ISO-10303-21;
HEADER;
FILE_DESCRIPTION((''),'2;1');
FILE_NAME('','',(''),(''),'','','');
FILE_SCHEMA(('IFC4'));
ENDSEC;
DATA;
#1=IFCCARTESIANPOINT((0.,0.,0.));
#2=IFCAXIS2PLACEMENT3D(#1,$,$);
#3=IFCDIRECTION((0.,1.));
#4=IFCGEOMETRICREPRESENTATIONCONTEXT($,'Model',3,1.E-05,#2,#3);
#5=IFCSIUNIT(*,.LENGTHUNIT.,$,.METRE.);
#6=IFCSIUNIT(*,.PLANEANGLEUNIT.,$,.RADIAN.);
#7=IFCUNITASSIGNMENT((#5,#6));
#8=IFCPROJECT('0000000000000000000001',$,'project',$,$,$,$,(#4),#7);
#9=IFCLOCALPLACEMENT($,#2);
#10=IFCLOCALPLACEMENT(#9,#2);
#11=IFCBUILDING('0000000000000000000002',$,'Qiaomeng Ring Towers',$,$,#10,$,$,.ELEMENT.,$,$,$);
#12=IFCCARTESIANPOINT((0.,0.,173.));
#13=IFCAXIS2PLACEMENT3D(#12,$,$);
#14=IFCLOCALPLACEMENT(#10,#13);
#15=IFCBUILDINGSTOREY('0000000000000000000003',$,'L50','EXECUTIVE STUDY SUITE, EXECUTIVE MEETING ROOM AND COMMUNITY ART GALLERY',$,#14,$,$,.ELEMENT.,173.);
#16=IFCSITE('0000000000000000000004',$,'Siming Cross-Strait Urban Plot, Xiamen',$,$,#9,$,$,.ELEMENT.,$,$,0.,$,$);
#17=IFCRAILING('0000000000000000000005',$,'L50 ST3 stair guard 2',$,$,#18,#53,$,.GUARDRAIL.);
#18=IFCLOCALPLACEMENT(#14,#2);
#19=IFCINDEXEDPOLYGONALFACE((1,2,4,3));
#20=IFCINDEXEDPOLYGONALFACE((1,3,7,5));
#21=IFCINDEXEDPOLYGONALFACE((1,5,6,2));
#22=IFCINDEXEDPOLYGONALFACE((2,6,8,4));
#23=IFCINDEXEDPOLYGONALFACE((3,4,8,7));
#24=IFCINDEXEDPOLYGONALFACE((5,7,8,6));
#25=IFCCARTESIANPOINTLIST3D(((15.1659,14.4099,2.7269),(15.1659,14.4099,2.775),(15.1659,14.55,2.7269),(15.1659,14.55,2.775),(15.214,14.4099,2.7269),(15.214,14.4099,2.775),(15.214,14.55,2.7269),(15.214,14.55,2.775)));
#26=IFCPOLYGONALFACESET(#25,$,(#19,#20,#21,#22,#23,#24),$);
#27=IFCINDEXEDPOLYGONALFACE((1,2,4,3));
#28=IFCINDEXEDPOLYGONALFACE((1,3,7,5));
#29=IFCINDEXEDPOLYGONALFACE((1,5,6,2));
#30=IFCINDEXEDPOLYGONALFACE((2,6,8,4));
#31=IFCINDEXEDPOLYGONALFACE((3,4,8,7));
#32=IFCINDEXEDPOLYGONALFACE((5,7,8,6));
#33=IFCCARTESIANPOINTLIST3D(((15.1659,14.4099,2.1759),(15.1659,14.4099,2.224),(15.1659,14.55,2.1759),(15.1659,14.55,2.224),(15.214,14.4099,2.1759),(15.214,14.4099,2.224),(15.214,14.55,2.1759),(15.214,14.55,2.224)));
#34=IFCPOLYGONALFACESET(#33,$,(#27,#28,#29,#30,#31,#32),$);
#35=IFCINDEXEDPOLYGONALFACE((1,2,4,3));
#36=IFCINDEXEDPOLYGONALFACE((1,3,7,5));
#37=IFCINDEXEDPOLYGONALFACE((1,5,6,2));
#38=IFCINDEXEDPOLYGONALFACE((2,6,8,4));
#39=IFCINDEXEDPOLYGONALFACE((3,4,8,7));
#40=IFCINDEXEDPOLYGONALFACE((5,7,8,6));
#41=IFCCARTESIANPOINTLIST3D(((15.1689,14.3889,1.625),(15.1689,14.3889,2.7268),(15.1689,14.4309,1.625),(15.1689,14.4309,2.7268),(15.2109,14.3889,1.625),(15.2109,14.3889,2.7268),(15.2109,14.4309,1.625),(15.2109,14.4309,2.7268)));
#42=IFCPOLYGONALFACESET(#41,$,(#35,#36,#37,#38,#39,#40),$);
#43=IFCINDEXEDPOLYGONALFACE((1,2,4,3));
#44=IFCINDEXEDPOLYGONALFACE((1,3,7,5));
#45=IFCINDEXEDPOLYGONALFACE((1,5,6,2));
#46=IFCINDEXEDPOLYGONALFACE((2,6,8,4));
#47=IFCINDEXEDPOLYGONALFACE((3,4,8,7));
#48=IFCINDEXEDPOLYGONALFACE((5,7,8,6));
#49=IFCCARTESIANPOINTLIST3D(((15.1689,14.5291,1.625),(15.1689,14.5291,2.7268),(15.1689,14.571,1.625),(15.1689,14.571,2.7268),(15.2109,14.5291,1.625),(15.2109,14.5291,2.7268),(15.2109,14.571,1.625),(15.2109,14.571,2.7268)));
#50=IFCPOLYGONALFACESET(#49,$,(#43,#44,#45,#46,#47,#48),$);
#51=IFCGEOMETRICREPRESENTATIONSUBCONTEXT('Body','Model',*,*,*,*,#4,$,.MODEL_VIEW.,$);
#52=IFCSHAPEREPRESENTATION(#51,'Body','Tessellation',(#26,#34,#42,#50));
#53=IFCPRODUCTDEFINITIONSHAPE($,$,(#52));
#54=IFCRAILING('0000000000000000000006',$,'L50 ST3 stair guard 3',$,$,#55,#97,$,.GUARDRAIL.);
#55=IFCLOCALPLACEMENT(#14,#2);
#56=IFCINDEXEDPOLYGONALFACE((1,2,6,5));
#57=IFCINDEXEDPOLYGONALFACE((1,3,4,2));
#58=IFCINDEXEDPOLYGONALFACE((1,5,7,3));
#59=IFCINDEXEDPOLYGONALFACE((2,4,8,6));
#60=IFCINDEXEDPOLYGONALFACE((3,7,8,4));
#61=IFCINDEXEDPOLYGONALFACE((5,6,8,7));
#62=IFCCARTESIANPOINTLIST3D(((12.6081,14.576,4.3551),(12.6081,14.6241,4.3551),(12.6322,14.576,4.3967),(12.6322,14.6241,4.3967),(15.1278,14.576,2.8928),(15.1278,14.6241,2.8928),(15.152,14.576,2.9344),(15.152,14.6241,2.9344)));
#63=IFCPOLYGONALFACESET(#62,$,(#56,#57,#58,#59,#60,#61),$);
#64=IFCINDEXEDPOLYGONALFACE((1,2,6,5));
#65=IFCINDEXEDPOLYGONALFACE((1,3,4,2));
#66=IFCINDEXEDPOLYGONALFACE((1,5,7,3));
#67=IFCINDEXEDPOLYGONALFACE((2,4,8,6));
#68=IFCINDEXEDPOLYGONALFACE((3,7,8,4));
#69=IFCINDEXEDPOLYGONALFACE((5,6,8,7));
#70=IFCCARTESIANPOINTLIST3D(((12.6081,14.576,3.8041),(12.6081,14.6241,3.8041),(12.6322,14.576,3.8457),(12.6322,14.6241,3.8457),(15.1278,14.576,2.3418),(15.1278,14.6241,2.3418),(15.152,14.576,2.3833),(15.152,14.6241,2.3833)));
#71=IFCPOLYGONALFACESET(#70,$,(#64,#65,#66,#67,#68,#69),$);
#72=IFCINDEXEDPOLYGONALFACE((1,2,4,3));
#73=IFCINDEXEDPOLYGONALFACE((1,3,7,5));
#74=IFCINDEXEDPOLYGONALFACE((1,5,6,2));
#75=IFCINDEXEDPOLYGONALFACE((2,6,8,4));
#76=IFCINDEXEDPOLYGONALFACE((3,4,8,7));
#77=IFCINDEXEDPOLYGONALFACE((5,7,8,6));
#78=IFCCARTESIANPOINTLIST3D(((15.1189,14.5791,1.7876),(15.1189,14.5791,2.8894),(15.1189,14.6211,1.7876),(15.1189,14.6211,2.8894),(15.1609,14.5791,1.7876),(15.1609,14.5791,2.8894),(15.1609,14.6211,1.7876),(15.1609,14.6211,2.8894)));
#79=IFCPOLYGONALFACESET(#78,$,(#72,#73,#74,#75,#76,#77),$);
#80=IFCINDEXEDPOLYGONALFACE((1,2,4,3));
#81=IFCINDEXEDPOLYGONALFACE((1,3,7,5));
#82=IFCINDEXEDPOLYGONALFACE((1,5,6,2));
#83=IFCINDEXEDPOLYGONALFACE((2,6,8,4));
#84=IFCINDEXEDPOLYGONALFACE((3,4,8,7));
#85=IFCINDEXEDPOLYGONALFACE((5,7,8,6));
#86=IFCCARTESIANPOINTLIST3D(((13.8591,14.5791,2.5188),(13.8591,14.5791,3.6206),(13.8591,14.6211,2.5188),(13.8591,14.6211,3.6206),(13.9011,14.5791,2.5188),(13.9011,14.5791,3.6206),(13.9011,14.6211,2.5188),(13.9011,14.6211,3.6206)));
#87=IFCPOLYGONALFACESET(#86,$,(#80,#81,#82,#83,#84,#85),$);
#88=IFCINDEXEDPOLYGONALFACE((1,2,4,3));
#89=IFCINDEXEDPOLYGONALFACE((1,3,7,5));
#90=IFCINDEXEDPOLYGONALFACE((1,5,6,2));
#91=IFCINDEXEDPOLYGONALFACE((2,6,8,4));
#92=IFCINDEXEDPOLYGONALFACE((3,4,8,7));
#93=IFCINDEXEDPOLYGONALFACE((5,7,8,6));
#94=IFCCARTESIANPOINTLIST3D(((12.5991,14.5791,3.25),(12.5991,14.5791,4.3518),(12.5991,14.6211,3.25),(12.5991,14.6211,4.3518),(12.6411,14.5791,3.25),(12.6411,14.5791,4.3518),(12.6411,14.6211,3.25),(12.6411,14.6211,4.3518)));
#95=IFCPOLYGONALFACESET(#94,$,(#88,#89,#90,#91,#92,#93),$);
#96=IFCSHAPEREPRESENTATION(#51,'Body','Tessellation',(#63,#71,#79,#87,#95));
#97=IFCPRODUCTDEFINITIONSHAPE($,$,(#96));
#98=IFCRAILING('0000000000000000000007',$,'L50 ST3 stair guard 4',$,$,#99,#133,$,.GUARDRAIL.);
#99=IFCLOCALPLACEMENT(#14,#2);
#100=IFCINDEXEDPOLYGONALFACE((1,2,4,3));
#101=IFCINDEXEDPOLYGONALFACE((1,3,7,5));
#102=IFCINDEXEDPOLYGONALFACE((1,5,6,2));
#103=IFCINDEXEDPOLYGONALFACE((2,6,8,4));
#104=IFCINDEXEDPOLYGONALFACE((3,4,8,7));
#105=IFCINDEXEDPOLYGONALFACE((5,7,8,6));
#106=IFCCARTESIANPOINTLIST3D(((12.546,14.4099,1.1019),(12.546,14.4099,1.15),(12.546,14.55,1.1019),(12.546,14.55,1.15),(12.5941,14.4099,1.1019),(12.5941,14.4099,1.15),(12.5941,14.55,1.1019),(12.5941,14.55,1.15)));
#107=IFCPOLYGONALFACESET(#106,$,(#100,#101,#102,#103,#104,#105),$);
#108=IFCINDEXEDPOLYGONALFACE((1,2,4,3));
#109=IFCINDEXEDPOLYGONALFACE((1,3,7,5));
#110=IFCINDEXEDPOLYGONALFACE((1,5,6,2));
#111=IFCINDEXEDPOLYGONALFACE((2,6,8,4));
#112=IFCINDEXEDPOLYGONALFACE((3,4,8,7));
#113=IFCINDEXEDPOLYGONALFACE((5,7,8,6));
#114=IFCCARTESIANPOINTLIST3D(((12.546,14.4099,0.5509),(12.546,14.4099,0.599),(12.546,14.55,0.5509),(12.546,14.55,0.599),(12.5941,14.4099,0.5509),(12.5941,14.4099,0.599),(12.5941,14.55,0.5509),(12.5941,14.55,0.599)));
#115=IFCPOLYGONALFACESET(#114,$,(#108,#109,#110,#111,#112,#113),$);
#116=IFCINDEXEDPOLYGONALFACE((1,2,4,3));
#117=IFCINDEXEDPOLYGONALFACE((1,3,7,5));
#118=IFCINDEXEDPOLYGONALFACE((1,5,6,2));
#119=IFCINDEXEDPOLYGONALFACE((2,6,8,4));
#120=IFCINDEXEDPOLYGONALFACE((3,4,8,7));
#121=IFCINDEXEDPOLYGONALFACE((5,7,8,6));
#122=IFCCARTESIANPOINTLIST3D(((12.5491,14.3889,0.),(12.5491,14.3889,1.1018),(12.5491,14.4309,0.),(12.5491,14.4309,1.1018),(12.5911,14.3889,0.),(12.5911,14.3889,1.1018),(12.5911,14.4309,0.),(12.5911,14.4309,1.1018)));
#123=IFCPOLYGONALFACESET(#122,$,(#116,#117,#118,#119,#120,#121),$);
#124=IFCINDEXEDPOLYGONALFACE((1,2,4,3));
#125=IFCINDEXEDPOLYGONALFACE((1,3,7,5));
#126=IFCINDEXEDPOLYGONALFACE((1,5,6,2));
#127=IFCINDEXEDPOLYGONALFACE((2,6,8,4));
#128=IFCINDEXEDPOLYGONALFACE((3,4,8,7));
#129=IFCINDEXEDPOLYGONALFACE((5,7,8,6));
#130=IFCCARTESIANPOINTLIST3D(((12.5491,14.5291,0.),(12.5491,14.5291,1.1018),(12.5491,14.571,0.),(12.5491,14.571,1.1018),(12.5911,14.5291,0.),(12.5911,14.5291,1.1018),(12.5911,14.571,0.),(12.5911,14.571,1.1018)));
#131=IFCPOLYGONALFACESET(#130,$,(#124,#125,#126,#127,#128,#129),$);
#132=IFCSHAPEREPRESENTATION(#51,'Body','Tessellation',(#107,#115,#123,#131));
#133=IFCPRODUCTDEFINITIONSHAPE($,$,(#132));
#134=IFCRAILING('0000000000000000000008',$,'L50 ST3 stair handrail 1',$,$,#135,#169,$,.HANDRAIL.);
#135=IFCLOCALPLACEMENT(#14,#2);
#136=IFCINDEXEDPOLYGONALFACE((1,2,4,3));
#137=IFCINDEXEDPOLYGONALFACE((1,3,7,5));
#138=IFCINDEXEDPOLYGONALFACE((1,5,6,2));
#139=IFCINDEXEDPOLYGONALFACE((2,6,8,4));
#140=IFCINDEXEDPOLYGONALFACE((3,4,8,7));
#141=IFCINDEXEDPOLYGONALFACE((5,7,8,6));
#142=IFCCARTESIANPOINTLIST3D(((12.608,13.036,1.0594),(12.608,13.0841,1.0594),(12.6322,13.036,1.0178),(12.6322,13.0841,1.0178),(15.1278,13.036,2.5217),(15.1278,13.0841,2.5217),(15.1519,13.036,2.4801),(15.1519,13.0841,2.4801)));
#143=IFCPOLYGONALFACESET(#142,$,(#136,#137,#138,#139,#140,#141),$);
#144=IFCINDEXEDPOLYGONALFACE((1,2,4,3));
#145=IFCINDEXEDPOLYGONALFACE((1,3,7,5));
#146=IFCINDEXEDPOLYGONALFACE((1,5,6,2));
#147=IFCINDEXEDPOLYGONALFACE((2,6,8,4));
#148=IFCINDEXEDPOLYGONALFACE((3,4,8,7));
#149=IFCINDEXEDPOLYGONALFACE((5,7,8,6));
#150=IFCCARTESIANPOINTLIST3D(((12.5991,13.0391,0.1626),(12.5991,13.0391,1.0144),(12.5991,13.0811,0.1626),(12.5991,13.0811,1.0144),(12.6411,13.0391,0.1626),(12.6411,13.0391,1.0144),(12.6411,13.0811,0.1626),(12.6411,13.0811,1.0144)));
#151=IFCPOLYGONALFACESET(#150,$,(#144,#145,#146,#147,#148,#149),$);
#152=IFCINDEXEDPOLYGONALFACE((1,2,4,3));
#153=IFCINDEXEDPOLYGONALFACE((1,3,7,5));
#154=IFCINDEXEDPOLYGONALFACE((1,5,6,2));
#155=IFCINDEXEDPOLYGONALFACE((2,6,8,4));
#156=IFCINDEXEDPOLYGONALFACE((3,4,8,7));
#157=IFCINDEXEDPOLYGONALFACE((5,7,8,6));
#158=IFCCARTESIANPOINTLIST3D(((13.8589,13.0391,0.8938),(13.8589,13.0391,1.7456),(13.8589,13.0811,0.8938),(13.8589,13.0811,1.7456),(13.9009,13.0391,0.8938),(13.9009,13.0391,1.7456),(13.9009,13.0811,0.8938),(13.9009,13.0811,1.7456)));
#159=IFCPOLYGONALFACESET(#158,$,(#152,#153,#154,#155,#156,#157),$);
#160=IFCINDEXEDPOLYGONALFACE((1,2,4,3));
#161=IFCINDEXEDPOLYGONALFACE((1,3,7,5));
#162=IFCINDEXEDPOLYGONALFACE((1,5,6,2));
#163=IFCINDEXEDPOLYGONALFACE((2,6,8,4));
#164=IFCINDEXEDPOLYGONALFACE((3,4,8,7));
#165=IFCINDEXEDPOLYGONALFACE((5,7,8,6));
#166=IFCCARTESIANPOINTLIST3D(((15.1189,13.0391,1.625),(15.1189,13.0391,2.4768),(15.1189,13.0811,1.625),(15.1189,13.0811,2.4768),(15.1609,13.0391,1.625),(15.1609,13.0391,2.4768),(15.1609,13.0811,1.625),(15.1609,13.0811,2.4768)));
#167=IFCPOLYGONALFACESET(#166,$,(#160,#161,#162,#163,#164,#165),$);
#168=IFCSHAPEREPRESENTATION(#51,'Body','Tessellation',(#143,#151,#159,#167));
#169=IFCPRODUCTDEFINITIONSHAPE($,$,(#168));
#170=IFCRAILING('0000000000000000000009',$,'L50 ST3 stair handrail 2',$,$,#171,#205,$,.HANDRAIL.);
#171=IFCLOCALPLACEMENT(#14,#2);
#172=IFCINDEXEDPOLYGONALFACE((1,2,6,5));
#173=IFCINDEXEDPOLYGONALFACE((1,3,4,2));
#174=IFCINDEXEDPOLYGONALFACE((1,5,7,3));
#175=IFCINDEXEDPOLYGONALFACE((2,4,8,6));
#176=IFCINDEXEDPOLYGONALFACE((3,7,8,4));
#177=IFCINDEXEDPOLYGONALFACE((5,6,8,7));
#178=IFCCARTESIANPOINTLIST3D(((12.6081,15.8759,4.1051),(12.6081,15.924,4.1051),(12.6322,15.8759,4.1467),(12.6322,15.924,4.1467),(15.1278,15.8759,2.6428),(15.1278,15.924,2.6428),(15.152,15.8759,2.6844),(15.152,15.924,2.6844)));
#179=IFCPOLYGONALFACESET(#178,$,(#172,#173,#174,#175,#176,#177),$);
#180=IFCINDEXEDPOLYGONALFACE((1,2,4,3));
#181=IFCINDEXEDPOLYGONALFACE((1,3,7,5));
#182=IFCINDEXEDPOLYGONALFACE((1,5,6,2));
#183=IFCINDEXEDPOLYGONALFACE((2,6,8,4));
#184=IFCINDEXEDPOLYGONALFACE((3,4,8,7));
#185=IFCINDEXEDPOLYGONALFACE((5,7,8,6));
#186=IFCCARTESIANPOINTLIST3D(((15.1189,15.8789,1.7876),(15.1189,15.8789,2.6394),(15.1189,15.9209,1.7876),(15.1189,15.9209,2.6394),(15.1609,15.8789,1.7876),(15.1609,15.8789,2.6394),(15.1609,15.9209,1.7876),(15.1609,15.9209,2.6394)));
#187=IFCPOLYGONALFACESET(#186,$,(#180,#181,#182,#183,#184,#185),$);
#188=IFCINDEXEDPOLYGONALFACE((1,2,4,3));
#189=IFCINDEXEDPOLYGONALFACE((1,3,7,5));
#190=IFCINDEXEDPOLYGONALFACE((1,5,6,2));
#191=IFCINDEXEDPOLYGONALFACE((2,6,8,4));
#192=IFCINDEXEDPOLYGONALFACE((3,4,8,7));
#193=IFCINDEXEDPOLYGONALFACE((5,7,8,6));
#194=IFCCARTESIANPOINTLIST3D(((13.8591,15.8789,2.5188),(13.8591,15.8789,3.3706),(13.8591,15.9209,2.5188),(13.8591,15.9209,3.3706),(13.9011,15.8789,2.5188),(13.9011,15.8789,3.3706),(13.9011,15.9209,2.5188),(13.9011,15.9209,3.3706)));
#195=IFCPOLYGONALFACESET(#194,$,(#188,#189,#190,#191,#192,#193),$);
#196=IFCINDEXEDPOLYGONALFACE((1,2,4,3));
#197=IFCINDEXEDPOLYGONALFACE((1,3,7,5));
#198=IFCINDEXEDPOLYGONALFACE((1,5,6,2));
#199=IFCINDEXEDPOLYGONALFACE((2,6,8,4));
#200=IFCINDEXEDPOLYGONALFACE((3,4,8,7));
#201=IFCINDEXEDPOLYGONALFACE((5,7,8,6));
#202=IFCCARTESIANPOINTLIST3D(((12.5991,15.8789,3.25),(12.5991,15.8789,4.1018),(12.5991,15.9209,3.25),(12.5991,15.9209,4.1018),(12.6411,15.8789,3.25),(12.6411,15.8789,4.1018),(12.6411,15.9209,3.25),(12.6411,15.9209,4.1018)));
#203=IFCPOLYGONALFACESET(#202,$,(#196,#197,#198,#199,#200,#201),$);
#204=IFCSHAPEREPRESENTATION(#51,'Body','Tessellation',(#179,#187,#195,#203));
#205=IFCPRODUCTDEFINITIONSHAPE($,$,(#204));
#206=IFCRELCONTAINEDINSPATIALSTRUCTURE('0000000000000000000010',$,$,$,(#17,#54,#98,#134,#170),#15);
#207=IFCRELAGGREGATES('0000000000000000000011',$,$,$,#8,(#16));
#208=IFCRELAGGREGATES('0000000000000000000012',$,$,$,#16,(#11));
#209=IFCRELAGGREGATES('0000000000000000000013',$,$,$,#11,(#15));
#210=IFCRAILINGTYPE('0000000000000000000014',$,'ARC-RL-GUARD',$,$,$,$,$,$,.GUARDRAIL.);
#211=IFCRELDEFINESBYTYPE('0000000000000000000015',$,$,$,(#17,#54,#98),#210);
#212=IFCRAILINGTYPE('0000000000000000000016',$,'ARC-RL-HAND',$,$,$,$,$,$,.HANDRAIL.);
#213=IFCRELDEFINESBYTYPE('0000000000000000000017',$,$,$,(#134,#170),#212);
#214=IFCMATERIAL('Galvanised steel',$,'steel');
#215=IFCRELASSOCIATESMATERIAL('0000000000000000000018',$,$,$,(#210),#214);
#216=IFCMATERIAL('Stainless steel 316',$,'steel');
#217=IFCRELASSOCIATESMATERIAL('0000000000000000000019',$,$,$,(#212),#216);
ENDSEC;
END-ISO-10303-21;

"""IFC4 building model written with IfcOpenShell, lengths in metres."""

from ifc_helpers import new_model, si_unit, direction, frame, origin, origin_2d, place, context, subcontext, project, spatial, rectangle, extrude, material, type_object, element, save


model = new_model("IFC4")

# Units and contexts
model_context = context("Model", 3, precision=1e-05, world=origin(), true_north=direction((0.0, 1.0)))
body_context = subcontext(model_context, "Body", "Model", "MODEL_VIEW")
ifc_project = project(units=[si_unit("LENGTHUNIT", "METRE"), si_unit("PLANEANGLEUNIT", "RADIAN")], contexts=[model_context])

# Site, building, storey
site_placement = place(None, origin())
site = spatial("IfcSite", under=ifc_project, at=site_placement, Name="Siming Cross-Strait Urban Plot, Xiamen", CompositionType="ELEMENT", RefElevation=0.0)
building_placement = place(site_placement, origin())
building = spatial("IfcBuilding", under=site, at=building_placement, Name="Qiaomeng Ring Towers", CompositionType="ELEMENT")
storey_placement = place(building_placement, frame((0.0, 0.0, 173.0)))
storey = spatial("IfcBuildingStorey", under=building, at=storey_placement, Name="L50", Description="EXECUTIVE STUDY SUITE, EXECUTIVE MEETING ROOM AND COMMUNITY ART GALLERY", CompositionType="ELEMENT", Elevation=173.0)

# Shared definitions
ifc_material_1 = material(Name="Galvanised steel", Category="steel")

# Railings
railing_type_1 = type_object("IfcRailingType", Name="ARC-RL-GUARD", PredefinedType="GUARDRAIL", material=ifc_material_1)
railing_1_placement = place(storey_placement, frame((15.1899, 14.4099, 1.625)))
element("IfcRailing", 1, at=railing_1_placement, inside=storey, type_object=railing_type_1, Name="L50 ST3 stair guard 2", PredefinedType="GUARDRAIL", context=body_context, shape_type="SweptSolid", body=[
    extrude(rectangle(XDim=0.0481, YDim=0.0481, at=origin_2d()), frame((0.0, 0.0, 1.126), z_axis=(0.0, 1.0, 0.0), x_axis=(-1.0, 0.0, 0.0)), (0.0, 0.0, 1.0), 0.1401),
    extrude(rectangle(XDim=0.0481, YDim=0.0481, at=origin_2d()), frame((0.0, 0.0, 0.575), z_axis=(0.0, 1.0, 0.0), x_axis=(-1.0, 0.0, 0.0)), (0.0, 0.0, 1.0), 0.1401),
    extrude(rectangle(XDim=0.042, YDim=0.042, at=origin_2d()), origin(), (0.0, 0.0, 1.0), 1.1018),
    extrude(rectangle(XDim=0.042, YDim=0.042, at=origin_2d()), frame((0.0, 0.1401, 0.0)), (0.0, 0.0, 1.0), 1.1018),
])
railing_2_placement = place(storey_placement, frame((15.1399, 14.6001, 1.7876)))
element("IfcRailing", 2, at=railing_2_placement, inside=storey, type_object=railing_type_1, Name="L50 ST3 stair guard 3", PredefinedType="GUARDRAIL", context=body_context, shape_type="SweptSolid", body=[
    extrude(rectangle(XDim=0.0481, YDim=0.0481, at=origin_2d()), frame((0.0, 0.0, 1.126), z_axis=(-0.864892, 0.0, 0.501958), x_axis=(0.0, -1.0, 0.0)), (0.0, 0.0, 1.0), 2.9133),
    extrude(rectangle(XDim=0.0481, YDim=0.0481, at=origin_2d()), frame((0.0, 0.0, 0.575), z_axis=(-0.864892, 0.0, 0.501958), x_axis=(0.0, -1.0, 0.0)), (0.0, 0.0, 1.0), 2.9133),
    extrude(rectangle(XDim=0.042, YDim=0.042, at=origin_2d()), origin(), (0.0, 0.0, 1.0), 1.1018),
    extrude(rectangle(XDim=0.042, YDim=0.042, at=origin_2d()), frame((-1.2598, 0.0, 0.7312)), (0.0, 0.0, 1.0), 1.1018),
    extrude(rectangle(XDim=0.042, YDim=0.042, at=origin_2d()), frame((-2.5198, 0.0, 1.4624)), (0.0, 0.0, 1.0), 1.1018),
])
railing_3_placement = place(storey_placement, frame((12.5701, 14.4099, 0.0)))
element("IfcRailing", 3, at=railing_3_placement, inside=storey, type_object=railing_type_1, Name="L50 ST3 stair guard 4", PredefinedType="GUARDRAIL", context=body_context, shape_type="SweptSolid", body=[
    extrude(rectangle(XDim=0.0481, YDim=0.0481, at=origin_2d()), frame((0.0, 0.0, 1.126), z_axis=(0.0, 1.0, 0.0), x_axis=(-1.0, 0.0, 0.0)), (0.0, 0.0, 1.0), 0.1401),
    extrude(rectangle(XDim=0.0481, YDim=0.0481, at=origin_2d()), frame((0.0, 0.0, 0.575), z_axis=(0.0, 1.0, 0.0), x_axis=(-1.0, 0.0, 0.0)), (0.0, 0.0, 1.0), 0.1401),
    extrude(rectangle(XDim=0.042, YDim=0.042, at=origin_2d()), origin(), (0.0, 0.0, 1.0), 1.1018),
    extrude(rectangle(XDim=0.042, YDim=0.042, at=origin_2d()), frame((0.0, 0.1401, 0.0)), (0.0, 0.0, 1.0), 1.1018),
])
ifc_material_2 = material(Name="Stainless steel 316", Category="steel")
railing_type_2 = type_object("IfcRailingType", Name="ARC-RL-HAND", PredefinedType="HANDRAIL", material=ifc_material_2)
railing_4_placement = place(storey_placement, frame((12.6201, 13.0601, 0.1626)))
element("IfcRailing", 4, at=railing_4_placement, inside=storey, type_object=railing_type_2, Name="L50 ST3 stair handrail 1", PredefinedType="HANDRAIL", context=body_context, shape_type="SweptSolid", body=[
    extrude(rectangle(XDim=0.0481, YDim=0.0481, at=origin_2d()), frame((0.0, 0.0, 0.876), z_axis=(0.864892, 0.0, 0.501958), x_axis=(0.0, 1.0, 0.0)), (0.0, 0.0, 1.0), 2.9133),
    extrude(rectangle(XDim=0.042, YDim=0.042, at=origin_2d()), origin(), (0.0, 0.0, 1.0), 0.8518),
    extrude(rectangle(XDim=0.042, YDim=0.042, at=origin_2d()), frame((1.2598, 0.0, 0.7312)), (0.0, 0.0, 1.0), 0.8518),
    extrude(rectangle(XDim=0.042, YDim=0.042, at=origin_2d()), frame((2.5198, 0.0, 1.4624)), (0.0, 0.0, 1.0), 0.8518),
])
railing_5_placement = place(storey_placement, frame((15.1399, 15.8999, 1.7876)))
element("IfcRailing", 5, at=railing_5_placement, inside=storey, type_object=railing_type_2, Name="L50 ST3 stair handrail 2", PredefinedType="HANDRAIL", context=body_context, shape_type="SweptSolid", body=[
    extrude(rectangle(XDim=0.0481, YDim=0.0481, at=origin_2d()), frame((0.0, 0.0, 0.876), z_axis=(-0.864892, 0.0, 0.501958), x_axis=(0.0, -1.0, 0.0)), (0.0, 0.0, 1.0), 2.9133),
    extrude(rectangle(XDim=0.042, YDim=0.042, at=origin_2d()), origin(), (0.0, 0.0, 1.0), 0.8518),
    extrude(rectangle(XDim=0.042, YDim=0.042, at=origin_2d()), frame((-1.2598, 0.0, 0.7312)), (0.0, 0.0, 1.0), 0.8518),
    extrude(rectangle(XDim=0.042, YDim=0.042, at=origin_2d()), frame((-2.5198, 0.0, 1.4624)), (0.0, 0.0, 1.0), 0.8518),
])

save(model, "model.ifc")
